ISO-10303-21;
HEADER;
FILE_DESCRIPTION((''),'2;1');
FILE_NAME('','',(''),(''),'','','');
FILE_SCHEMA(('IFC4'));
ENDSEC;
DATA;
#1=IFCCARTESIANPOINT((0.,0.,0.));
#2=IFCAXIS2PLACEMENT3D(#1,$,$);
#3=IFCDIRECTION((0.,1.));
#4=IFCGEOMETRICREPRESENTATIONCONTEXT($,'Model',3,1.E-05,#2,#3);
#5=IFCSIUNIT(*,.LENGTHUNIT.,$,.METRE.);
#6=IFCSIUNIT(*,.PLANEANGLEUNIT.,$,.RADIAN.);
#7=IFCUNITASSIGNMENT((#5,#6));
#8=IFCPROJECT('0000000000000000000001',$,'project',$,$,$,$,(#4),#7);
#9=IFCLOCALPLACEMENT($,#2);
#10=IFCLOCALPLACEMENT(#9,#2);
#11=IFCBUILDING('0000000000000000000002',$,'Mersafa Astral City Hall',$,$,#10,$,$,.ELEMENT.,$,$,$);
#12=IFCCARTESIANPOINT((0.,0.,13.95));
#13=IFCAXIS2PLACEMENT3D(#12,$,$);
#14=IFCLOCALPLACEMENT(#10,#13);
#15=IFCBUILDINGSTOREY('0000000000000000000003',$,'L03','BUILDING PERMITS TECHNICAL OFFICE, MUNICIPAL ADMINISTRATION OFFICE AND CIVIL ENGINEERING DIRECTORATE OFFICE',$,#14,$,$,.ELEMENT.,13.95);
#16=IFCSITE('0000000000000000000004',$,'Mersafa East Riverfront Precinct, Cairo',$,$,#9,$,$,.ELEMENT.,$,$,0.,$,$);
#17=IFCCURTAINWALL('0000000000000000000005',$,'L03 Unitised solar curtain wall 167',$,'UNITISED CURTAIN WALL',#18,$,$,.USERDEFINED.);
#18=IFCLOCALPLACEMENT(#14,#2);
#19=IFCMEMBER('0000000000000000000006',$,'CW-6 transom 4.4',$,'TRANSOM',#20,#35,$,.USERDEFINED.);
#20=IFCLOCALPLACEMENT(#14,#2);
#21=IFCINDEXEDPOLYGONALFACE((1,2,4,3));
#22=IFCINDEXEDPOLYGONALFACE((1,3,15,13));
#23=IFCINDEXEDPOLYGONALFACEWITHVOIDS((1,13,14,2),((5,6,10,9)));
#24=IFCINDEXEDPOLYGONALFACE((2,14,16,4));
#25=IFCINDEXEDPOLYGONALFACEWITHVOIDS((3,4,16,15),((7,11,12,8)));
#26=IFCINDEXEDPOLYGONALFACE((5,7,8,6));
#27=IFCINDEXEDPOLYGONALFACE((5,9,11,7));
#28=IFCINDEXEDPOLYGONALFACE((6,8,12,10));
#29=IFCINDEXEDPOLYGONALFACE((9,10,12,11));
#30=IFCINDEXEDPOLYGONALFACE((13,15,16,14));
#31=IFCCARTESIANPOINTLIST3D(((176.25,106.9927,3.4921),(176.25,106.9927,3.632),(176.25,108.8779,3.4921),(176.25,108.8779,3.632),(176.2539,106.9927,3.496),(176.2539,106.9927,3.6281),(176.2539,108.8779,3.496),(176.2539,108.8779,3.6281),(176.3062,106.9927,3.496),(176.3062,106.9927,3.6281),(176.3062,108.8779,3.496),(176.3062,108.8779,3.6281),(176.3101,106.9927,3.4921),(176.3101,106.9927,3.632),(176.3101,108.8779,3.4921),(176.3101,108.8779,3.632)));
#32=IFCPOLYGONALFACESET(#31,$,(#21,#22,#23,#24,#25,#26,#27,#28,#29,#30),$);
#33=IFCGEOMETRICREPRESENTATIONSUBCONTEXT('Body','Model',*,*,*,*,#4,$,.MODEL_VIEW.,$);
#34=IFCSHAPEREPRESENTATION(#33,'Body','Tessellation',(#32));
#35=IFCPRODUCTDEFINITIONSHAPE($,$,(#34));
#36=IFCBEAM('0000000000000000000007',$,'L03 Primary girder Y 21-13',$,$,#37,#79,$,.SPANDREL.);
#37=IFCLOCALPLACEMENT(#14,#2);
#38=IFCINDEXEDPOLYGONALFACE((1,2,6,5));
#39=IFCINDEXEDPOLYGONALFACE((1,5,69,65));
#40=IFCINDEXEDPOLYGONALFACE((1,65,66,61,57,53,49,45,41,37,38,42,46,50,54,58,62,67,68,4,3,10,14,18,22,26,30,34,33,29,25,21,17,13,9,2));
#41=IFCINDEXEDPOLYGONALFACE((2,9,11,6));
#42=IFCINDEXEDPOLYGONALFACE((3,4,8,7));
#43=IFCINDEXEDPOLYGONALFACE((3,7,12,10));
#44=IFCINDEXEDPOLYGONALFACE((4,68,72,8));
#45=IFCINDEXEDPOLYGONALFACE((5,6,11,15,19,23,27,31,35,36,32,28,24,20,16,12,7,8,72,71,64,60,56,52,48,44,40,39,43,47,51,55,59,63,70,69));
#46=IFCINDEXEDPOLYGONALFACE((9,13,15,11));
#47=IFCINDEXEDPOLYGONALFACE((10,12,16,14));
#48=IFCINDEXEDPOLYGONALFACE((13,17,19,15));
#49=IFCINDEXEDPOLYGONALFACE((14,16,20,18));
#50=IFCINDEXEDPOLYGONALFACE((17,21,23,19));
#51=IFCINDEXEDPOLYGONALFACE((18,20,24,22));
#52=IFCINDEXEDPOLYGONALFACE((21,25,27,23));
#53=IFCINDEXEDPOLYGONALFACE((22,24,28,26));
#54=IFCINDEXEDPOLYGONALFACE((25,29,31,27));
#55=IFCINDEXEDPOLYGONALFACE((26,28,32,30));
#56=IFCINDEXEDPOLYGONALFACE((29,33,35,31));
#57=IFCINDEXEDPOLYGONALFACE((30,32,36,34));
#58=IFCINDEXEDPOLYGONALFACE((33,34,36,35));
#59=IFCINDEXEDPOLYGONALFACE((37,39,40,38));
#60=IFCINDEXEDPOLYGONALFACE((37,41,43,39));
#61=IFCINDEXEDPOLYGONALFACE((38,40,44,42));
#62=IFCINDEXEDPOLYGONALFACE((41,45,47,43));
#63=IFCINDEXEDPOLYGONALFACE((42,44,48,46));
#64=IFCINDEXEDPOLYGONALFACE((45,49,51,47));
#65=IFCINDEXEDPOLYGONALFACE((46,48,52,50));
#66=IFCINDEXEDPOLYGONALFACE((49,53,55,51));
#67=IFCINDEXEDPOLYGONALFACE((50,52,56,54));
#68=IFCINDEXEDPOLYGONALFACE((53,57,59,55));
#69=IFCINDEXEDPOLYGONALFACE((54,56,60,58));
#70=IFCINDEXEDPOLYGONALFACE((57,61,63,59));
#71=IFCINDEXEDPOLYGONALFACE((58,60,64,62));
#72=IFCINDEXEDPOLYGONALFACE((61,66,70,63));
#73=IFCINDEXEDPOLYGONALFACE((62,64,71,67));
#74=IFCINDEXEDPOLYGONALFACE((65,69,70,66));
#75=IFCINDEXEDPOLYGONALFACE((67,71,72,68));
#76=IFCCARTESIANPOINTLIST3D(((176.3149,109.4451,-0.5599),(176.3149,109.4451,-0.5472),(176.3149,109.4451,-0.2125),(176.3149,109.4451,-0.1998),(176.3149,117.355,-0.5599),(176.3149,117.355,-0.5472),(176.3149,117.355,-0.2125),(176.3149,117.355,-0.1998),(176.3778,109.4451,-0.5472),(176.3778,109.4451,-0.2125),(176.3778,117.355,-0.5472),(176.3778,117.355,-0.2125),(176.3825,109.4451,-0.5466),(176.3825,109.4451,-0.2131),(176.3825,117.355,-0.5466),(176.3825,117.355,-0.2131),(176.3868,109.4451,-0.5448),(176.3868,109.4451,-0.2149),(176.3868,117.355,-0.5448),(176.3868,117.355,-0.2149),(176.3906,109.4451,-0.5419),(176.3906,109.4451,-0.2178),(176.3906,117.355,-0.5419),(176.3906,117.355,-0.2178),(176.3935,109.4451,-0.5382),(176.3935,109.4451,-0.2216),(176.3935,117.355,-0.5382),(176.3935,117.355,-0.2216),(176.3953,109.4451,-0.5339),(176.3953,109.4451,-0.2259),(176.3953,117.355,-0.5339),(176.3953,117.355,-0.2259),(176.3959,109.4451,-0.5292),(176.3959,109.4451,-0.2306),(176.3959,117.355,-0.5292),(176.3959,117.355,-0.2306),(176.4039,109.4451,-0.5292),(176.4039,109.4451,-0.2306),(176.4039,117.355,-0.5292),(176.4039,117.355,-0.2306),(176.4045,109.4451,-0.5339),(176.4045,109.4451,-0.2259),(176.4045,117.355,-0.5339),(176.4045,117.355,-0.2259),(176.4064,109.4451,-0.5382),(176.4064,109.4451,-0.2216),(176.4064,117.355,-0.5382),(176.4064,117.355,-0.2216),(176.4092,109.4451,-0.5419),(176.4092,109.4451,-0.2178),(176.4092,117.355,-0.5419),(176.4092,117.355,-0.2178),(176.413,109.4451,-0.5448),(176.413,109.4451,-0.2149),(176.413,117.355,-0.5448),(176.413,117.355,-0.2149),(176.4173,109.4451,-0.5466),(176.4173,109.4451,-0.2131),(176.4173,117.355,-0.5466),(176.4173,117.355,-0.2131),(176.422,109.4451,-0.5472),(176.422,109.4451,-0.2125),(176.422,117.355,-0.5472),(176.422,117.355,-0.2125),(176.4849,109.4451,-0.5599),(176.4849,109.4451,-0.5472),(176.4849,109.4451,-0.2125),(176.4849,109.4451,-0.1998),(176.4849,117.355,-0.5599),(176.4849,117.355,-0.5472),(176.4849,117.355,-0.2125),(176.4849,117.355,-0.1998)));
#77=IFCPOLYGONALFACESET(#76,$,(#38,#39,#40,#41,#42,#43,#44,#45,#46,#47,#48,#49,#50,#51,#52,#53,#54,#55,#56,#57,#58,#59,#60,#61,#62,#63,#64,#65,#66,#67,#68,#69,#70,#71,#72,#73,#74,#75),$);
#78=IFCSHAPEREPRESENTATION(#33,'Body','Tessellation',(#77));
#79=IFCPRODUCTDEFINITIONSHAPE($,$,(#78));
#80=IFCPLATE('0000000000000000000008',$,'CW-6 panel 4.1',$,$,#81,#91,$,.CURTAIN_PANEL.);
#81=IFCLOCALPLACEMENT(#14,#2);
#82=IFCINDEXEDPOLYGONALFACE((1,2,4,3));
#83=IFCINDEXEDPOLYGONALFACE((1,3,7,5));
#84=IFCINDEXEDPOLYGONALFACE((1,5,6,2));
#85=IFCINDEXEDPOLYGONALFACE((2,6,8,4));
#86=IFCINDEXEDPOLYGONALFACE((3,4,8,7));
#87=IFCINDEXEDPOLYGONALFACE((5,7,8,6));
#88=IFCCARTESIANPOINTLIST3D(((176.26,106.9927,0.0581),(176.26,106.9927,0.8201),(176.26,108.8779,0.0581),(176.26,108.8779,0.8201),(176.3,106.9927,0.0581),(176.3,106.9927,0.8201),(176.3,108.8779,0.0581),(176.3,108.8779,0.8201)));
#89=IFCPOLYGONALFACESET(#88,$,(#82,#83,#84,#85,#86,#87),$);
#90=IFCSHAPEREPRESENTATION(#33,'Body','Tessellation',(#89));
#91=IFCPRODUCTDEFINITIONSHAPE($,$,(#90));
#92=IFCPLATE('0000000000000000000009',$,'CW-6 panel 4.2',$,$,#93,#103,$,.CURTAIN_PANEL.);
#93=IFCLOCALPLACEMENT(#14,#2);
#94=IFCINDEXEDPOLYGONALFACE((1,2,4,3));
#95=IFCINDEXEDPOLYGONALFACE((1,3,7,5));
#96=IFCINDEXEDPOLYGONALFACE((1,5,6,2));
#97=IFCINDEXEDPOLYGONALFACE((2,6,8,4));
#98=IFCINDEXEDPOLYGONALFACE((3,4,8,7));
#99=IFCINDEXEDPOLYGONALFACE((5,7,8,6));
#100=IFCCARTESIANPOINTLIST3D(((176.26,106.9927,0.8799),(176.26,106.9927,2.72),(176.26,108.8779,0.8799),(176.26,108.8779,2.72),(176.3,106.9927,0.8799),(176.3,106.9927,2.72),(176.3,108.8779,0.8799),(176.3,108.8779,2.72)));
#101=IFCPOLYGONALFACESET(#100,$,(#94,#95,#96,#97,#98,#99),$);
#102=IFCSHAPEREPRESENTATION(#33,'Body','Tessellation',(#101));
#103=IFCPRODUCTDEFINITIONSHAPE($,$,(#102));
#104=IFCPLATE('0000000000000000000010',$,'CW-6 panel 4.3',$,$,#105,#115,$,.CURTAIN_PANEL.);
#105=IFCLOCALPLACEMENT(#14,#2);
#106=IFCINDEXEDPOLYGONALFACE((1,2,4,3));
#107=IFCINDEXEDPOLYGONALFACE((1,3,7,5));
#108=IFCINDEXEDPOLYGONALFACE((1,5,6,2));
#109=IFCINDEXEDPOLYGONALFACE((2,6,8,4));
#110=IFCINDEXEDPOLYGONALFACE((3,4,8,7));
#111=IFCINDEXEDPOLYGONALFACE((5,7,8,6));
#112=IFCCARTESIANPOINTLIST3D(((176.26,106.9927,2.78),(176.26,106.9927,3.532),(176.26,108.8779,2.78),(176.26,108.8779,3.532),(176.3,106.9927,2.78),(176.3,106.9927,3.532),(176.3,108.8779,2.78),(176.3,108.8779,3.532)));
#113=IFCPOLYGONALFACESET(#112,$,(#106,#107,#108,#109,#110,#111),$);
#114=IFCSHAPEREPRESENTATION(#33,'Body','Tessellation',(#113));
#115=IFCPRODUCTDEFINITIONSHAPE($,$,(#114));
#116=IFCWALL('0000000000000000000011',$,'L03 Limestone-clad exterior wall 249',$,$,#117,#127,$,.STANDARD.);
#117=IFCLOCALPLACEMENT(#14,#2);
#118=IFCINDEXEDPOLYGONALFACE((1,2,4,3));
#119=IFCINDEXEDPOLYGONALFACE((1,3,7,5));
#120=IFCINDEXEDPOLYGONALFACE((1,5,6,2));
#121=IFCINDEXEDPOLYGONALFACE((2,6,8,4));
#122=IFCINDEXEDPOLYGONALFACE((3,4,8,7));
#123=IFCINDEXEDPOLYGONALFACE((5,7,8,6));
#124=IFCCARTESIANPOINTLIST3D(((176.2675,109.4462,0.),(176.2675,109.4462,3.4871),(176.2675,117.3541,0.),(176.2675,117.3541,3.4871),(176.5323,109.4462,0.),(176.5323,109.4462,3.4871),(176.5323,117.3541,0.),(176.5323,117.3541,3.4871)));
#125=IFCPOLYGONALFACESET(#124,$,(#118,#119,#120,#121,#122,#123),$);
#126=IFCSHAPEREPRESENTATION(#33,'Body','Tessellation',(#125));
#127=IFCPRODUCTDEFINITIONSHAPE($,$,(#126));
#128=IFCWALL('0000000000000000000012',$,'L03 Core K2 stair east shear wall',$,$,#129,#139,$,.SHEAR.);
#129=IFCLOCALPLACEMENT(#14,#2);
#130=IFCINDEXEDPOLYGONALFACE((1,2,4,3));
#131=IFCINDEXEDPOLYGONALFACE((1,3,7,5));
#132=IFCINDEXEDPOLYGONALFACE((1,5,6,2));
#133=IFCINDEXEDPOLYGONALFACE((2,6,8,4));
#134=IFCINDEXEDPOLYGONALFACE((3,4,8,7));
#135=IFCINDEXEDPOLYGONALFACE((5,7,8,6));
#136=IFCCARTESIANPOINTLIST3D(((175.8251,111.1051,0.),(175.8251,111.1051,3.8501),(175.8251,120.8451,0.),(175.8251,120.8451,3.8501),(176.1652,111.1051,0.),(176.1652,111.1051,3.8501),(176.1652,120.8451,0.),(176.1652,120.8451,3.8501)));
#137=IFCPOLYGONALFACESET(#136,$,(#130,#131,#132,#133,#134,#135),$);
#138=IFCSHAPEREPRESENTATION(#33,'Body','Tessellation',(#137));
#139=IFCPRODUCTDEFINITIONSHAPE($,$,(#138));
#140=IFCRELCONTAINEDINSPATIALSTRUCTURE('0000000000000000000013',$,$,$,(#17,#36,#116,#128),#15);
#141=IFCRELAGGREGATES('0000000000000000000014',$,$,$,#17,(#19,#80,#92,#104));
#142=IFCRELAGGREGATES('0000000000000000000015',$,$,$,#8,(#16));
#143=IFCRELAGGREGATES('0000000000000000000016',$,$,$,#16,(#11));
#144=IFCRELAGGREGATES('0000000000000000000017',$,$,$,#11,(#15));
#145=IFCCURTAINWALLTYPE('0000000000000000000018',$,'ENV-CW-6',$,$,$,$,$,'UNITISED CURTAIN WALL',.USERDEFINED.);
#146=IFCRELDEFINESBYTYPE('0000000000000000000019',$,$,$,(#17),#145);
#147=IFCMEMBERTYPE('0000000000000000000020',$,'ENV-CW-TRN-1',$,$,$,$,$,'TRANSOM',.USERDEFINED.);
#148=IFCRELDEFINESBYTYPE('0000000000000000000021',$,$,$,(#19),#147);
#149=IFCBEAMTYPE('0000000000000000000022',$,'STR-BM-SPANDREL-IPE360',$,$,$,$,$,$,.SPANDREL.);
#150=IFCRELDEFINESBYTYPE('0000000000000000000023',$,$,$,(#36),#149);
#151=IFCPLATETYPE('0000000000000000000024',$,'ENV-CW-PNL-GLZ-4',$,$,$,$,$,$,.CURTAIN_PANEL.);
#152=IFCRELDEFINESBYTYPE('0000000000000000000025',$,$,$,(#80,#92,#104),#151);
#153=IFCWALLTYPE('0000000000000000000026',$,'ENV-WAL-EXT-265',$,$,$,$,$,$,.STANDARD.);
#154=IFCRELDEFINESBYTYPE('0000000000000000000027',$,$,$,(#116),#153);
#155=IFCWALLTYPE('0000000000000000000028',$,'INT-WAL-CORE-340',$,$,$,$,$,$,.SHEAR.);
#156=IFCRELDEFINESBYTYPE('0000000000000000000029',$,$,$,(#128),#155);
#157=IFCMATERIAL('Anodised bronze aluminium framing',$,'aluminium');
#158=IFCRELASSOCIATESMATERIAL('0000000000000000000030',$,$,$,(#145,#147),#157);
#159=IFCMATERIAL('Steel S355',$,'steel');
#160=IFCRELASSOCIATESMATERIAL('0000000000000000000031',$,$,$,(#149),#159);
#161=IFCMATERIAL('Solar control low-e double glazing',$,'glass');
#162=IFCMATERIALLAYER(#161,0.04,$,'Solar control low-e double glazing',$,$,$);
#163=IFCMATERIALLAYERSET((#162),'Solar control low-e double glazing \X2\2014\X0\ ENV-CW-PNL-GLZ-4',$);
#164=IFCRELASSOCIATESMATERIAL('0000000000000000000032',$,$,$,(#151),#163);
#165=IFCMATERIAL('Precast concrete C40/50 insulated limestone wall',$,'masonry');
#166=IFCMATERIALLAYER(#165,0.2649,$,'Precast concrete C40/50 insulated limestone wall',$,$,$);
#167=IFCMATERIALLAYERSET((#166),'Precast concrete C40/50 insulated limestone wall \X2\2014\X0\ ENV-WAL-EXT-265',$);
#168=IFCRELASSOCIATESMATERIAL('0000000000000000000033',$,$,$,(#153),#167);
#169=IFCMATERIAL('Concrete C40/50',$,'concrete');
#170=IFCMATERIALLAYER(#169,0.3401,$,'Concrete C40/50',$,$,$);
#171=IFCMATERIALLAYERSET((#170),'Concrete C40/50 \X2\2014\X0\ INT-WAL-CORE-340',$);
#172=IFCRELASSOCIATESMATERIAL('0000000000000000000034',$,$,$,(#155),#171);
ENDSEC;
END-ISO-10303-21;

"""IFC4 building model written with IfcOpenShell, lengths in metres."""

from ifc_helpers import new_model, si_unit, direction, frame, frame_2d, origin, origin_2d, place, context, subcontext, project, spatial, rectangle, hollow_rectangle, i_section, extrude, material, layer, layer_set, material_profile, profile_set, type_object, element, aggregate, save


model = new_model("IFC4")

# Units and contexts
model_context = context("Model", 3, precision=1e-05, world=origin(), true_north=direction((0.0, 1.0)))
body_context = subcontext(model_context, "Body", "Model", "MODEL_VIEW")
ifc_project = project(units=[si_unit("LENGTHUNIT", "METRE"), si_unit("PLANEANGLEUNIT", "RADIAN")], contexts=[model_context])

# Site, building, storey
site_placement = place(None, origin())
site = spatial("IfcSite", under=ifc_project, at=site_placement, Name="Mersafa East Riverfront Precinct, Cairo", CompositionType="ELEMENT", RefElevation=0.0)
building_placement = place(site_placement, origin())
building = spatial("IfcBuilding", under=site, at=building_placement, Name="Mersafa Astral City Hall", CompositionType="ELEMENT")
storey_placement = place(building_placement, frame((0.0, 0.0, 13.95)))
storey = spatial("IfcBuildingStorey", under=building, at=storey_placement, Name="L03", Description="BUILDING PERMITS TECHNICAL OFFICE, MUNICIPAL ADMINISTRATION OFFICE AND CIVIL ENGINEERING DIRECTORATE OFFICE", CompositionType="ELEMENT", Elevation=13.95)

# Shared definitions
ifc_material_1 = material(Name="Steel S355", Category="steel")

# Curtain wall, member
ifc_material_2 = material(Name="Anodised bronze aluminium framing", Category="aluminium")
curtain_wall_type = type_object("IfcCurtainWallType", Name="ENV-CW-6", ElementType="UNITISED CURTAIN WALL", PredefinedType="USERDEFINED", material=ifc_material_2)
curtain_wall_placement = place(storey_placement, origin())
curtain_wall = element("IfcCurtainWall", 1, at=curtain_wall_placement, inside=storey, type_object=curtain_wall_type, Name="L03 Unitised solar curtain wall 167", ObjectType="UNITISED CURTAIN WALL", PredefinedType="USERDEFINED")
ifc_material_profile_1 = material_profile(ifc_material_2, hollow_rectangle(XDim=0.0601, YDim=0.1399, WallThickness=0.0039, at=origin_2d()), Name="RHS 60x140x4")
ifc_profile_set_1 = profile_set([ifc_material_profile_1], Name="Anodised bronze aluminium framing")
member_type_1 = type_object("IfcMemberType", Name="ENV-CW-TRN-1", ElementType="TRANSOM", PredefinedType="USERDEFINED", material=ifc_profile_set_1)
member_1_placement = place(storey_placement, frame((176.28, 106.9927, 3.562), z_axis=(0.0, 1.0, 0.0), x_axis=(-1.0, 0.0, 0.0)))
member_1 = element("IfcMember", 2, at=member_1_placement, type_object=member_type_1, Name="CW-6 transom 4.4", ObjectType="TRANSOM", PredefinedType="USERDEFINED", context=body_context, shape_type="SweptSolid", body=[
    extrude(hollow_rectangle(XDim=0.0601, YDim=0.1399, WallThickness=0.0039, at=origin_2d()), origin(), (0.0, 0.0, 1.0), 1.8853),
])

# Beam
ifc_material_profile_2 = material_profile(ifc_material_1, i_section(OverallWidth=0.1699, OverallDepth=0.3601, WebThickness=0.0081, FlangeThickness=0.0127, FilletRadius=0.0181, at=origin_2d()), Name="IPE 360")
ifc_profile_set_2 = profile_set([ifc_material_profile_2], Name="Steel S355")
beam_type = type_object("IfcBeamType", Name="STR-BM-SPANDREL-IPE360", PredefinedType="SPANDREL", material=ifc_profile_set_2)
beam_placement = place(storey_placement, frame((176.3999, 109.4451, -0.3799), z_axis=(0.0, 1.0, 0.0), x_axis=(-1.0, 0.0, 0.0)))
element("IfcBeam", 3, at=beam_placement, inside=storey, type_object=beam_type, Name="L03 Primary girder Y 21-13", PredefinedType="SPANDREL", context=body_context, shape_type="SweptSolid", body=[
    extrude(i_section(OverallWidth=0.1699, OverallDepth=0.3601, WebThickness=0.0081, FlangeThickness=0.0127, FilletRadius=0.0181, at=origin_2d()), origin(), (0.0, 0.0, 1.0), 7.9099),
])

# Plates
ifc_material_3 = material(Name="Solar control low-e double glazing", Category="glass")
ifc_layer_1 = layer(ifc_material_3, 0.04, Name="Solar control low-e double glazing")
ifc_layer_set_1 = layer_set([ifc_layer_1], Name="Solar control low-e double glazing — ENV-CW-PNL-GLZ-4")
plate_type = type_object("IfcPlateType", Name="ENV-CW-PNL-GLZ-4", PredefinedType="CURTAIN_PANEL", material=ifc_layer_set_1)
plate_1_placement = place(storey_placement, frame((176.28, 107.9353, 0.0581), z_axis=(0.0, 0.0, 1.0), x_axis=(0.0, 1.0, 0.0)))
plate_1 = element("IfcPlate", 4, at=plate_1_placement, type_object=plate_type, Name="CW-6 panel 4.1", PredefinedType="CURTAIN_PANEL", context=body_context, shape_type="SweptSolid", body=[
    extrude(rectangle(XDim=1.8853, YDim=0.04, at=origin_2d()), origin(), (0.0, 0.0, 1.0), 0.762),
])
plate_2_placement = place(storey_placement, frame((176.28, 107.9353, 0.8799), z_axis=(0.0, 0.0, 1.0), x_axis=(0.0, 1.0, 0.0)))
plate_2 = element("IfcPlate", 5, at=plate_2_placement, type_object=plate_type, Name="CW-6 panel 4.2", PredefinedType="CURTAIN_PANEL", context=body_context, shape_type="SweptSolid", body=[
    extrude(rectangle(XDim=1.8853, YDim=0.04, at=origin_2d()), origin(), (0.0, 0.0, 1.0), 1.8401),
])
plate_3_placement = place(storey_placement, frame((176.28, 107.9353, 2.78), z_axis=(0.0, 0.0, 1.0), x_axis=(0.0, 1.0, 0.0)))
plate_3 = element("IfcPlate", 6, at=plate_3_placement, type_object=plate_type, Name="CW-6 panel 4.3", PredefinedType="CURTAIN_PANEL", context=body_context, shape_type="SweptSolid", body=[
    extrude(rectangle(XDim=1.8853, YDim=0.04, at=origin_2d()), origin(), (0.0, 0.0, 1.0), 0.752),
])
aggregate(curtain_wall, [member_1, plate_1, plate_2, plate_3])

# Walls
ifc_material_4 = material(Name="Precast concrete C40/50 insulated limestone wall", Category="masonry")
ifc_layer_2 = layer(ifc_material_4, 0.2649, Name="Precast concrete C40/50 insulated limestone wall")
ifc_layer_set_2 = layer_set([ifc_layer_2], Name="Precast concrete C40/50 insulated limestone wall — ENV-WAL-EXT-265")
wall_type_1 = type_object("IfcWallType", Name="ENV-WAL-EXT-265", PredefinedType="STANDARD", material=ifc_layer_set_2)
wall_1_placement = place(storey_placement, frame((176.3999, 109.446, 0.0), z_axis=(0.0, 0.0, 1.0), x_axis=(0.0, 1.0, 0.0)))
element("IfcWall", 7, at=wall_1_placement, inside=storey, type_object=wall_type_1, Name="L03 Limestone-clad exterior wall 249", PredefinedType="STANDARD", context=body_context, shape_type="SweptSolid", body=[
    extrude(rectangle(XDim=7.908, YDim=0.2649, at=frame_2d((3.9541, 0.0))), origin(), (0.0, 0.0, 1.0), 3.4871),
])
ifc_material_5 = material(Name="Concrete C40/50", Category="concrete")
ifc_layer_3 = layer(ifc_material_5, 0.3401, Name="Concrete C40/50")
ifc_layer_set_3 = layer_set([ifc_layer_3], Name="Concrete C40/50 — INT-WAL-CORE-340")
wall_type_2 = type_object("IfcWallType", Name="INT-WAL-CORE-340", PredefinedType="SHEAR", material=ifc_layer_set_3)
wall_2_placement = place(storey_placement, frame((175.9951, 111.105, 0.0), z_axis=(0.0, 0.0, 1.0), x_axis=(0.0, 1.0, 0.0)))
element("IfcWall", 8, at=wall_2_placement, inside=storey, type_object=wall_type_2, Name="L03 Core K2 stair east shear wall", PredefinedType="SHEAR", context=body_context, shape_type="SweptSolid", body=[
    extrude(rectangle(XDim=9.74, YDim=0.3401, at=frame_2d((4.8701, 0.0))), origin(), (0.0, 0.0, 1.0), 3.8501),
])

save(model, "model.ifc")
